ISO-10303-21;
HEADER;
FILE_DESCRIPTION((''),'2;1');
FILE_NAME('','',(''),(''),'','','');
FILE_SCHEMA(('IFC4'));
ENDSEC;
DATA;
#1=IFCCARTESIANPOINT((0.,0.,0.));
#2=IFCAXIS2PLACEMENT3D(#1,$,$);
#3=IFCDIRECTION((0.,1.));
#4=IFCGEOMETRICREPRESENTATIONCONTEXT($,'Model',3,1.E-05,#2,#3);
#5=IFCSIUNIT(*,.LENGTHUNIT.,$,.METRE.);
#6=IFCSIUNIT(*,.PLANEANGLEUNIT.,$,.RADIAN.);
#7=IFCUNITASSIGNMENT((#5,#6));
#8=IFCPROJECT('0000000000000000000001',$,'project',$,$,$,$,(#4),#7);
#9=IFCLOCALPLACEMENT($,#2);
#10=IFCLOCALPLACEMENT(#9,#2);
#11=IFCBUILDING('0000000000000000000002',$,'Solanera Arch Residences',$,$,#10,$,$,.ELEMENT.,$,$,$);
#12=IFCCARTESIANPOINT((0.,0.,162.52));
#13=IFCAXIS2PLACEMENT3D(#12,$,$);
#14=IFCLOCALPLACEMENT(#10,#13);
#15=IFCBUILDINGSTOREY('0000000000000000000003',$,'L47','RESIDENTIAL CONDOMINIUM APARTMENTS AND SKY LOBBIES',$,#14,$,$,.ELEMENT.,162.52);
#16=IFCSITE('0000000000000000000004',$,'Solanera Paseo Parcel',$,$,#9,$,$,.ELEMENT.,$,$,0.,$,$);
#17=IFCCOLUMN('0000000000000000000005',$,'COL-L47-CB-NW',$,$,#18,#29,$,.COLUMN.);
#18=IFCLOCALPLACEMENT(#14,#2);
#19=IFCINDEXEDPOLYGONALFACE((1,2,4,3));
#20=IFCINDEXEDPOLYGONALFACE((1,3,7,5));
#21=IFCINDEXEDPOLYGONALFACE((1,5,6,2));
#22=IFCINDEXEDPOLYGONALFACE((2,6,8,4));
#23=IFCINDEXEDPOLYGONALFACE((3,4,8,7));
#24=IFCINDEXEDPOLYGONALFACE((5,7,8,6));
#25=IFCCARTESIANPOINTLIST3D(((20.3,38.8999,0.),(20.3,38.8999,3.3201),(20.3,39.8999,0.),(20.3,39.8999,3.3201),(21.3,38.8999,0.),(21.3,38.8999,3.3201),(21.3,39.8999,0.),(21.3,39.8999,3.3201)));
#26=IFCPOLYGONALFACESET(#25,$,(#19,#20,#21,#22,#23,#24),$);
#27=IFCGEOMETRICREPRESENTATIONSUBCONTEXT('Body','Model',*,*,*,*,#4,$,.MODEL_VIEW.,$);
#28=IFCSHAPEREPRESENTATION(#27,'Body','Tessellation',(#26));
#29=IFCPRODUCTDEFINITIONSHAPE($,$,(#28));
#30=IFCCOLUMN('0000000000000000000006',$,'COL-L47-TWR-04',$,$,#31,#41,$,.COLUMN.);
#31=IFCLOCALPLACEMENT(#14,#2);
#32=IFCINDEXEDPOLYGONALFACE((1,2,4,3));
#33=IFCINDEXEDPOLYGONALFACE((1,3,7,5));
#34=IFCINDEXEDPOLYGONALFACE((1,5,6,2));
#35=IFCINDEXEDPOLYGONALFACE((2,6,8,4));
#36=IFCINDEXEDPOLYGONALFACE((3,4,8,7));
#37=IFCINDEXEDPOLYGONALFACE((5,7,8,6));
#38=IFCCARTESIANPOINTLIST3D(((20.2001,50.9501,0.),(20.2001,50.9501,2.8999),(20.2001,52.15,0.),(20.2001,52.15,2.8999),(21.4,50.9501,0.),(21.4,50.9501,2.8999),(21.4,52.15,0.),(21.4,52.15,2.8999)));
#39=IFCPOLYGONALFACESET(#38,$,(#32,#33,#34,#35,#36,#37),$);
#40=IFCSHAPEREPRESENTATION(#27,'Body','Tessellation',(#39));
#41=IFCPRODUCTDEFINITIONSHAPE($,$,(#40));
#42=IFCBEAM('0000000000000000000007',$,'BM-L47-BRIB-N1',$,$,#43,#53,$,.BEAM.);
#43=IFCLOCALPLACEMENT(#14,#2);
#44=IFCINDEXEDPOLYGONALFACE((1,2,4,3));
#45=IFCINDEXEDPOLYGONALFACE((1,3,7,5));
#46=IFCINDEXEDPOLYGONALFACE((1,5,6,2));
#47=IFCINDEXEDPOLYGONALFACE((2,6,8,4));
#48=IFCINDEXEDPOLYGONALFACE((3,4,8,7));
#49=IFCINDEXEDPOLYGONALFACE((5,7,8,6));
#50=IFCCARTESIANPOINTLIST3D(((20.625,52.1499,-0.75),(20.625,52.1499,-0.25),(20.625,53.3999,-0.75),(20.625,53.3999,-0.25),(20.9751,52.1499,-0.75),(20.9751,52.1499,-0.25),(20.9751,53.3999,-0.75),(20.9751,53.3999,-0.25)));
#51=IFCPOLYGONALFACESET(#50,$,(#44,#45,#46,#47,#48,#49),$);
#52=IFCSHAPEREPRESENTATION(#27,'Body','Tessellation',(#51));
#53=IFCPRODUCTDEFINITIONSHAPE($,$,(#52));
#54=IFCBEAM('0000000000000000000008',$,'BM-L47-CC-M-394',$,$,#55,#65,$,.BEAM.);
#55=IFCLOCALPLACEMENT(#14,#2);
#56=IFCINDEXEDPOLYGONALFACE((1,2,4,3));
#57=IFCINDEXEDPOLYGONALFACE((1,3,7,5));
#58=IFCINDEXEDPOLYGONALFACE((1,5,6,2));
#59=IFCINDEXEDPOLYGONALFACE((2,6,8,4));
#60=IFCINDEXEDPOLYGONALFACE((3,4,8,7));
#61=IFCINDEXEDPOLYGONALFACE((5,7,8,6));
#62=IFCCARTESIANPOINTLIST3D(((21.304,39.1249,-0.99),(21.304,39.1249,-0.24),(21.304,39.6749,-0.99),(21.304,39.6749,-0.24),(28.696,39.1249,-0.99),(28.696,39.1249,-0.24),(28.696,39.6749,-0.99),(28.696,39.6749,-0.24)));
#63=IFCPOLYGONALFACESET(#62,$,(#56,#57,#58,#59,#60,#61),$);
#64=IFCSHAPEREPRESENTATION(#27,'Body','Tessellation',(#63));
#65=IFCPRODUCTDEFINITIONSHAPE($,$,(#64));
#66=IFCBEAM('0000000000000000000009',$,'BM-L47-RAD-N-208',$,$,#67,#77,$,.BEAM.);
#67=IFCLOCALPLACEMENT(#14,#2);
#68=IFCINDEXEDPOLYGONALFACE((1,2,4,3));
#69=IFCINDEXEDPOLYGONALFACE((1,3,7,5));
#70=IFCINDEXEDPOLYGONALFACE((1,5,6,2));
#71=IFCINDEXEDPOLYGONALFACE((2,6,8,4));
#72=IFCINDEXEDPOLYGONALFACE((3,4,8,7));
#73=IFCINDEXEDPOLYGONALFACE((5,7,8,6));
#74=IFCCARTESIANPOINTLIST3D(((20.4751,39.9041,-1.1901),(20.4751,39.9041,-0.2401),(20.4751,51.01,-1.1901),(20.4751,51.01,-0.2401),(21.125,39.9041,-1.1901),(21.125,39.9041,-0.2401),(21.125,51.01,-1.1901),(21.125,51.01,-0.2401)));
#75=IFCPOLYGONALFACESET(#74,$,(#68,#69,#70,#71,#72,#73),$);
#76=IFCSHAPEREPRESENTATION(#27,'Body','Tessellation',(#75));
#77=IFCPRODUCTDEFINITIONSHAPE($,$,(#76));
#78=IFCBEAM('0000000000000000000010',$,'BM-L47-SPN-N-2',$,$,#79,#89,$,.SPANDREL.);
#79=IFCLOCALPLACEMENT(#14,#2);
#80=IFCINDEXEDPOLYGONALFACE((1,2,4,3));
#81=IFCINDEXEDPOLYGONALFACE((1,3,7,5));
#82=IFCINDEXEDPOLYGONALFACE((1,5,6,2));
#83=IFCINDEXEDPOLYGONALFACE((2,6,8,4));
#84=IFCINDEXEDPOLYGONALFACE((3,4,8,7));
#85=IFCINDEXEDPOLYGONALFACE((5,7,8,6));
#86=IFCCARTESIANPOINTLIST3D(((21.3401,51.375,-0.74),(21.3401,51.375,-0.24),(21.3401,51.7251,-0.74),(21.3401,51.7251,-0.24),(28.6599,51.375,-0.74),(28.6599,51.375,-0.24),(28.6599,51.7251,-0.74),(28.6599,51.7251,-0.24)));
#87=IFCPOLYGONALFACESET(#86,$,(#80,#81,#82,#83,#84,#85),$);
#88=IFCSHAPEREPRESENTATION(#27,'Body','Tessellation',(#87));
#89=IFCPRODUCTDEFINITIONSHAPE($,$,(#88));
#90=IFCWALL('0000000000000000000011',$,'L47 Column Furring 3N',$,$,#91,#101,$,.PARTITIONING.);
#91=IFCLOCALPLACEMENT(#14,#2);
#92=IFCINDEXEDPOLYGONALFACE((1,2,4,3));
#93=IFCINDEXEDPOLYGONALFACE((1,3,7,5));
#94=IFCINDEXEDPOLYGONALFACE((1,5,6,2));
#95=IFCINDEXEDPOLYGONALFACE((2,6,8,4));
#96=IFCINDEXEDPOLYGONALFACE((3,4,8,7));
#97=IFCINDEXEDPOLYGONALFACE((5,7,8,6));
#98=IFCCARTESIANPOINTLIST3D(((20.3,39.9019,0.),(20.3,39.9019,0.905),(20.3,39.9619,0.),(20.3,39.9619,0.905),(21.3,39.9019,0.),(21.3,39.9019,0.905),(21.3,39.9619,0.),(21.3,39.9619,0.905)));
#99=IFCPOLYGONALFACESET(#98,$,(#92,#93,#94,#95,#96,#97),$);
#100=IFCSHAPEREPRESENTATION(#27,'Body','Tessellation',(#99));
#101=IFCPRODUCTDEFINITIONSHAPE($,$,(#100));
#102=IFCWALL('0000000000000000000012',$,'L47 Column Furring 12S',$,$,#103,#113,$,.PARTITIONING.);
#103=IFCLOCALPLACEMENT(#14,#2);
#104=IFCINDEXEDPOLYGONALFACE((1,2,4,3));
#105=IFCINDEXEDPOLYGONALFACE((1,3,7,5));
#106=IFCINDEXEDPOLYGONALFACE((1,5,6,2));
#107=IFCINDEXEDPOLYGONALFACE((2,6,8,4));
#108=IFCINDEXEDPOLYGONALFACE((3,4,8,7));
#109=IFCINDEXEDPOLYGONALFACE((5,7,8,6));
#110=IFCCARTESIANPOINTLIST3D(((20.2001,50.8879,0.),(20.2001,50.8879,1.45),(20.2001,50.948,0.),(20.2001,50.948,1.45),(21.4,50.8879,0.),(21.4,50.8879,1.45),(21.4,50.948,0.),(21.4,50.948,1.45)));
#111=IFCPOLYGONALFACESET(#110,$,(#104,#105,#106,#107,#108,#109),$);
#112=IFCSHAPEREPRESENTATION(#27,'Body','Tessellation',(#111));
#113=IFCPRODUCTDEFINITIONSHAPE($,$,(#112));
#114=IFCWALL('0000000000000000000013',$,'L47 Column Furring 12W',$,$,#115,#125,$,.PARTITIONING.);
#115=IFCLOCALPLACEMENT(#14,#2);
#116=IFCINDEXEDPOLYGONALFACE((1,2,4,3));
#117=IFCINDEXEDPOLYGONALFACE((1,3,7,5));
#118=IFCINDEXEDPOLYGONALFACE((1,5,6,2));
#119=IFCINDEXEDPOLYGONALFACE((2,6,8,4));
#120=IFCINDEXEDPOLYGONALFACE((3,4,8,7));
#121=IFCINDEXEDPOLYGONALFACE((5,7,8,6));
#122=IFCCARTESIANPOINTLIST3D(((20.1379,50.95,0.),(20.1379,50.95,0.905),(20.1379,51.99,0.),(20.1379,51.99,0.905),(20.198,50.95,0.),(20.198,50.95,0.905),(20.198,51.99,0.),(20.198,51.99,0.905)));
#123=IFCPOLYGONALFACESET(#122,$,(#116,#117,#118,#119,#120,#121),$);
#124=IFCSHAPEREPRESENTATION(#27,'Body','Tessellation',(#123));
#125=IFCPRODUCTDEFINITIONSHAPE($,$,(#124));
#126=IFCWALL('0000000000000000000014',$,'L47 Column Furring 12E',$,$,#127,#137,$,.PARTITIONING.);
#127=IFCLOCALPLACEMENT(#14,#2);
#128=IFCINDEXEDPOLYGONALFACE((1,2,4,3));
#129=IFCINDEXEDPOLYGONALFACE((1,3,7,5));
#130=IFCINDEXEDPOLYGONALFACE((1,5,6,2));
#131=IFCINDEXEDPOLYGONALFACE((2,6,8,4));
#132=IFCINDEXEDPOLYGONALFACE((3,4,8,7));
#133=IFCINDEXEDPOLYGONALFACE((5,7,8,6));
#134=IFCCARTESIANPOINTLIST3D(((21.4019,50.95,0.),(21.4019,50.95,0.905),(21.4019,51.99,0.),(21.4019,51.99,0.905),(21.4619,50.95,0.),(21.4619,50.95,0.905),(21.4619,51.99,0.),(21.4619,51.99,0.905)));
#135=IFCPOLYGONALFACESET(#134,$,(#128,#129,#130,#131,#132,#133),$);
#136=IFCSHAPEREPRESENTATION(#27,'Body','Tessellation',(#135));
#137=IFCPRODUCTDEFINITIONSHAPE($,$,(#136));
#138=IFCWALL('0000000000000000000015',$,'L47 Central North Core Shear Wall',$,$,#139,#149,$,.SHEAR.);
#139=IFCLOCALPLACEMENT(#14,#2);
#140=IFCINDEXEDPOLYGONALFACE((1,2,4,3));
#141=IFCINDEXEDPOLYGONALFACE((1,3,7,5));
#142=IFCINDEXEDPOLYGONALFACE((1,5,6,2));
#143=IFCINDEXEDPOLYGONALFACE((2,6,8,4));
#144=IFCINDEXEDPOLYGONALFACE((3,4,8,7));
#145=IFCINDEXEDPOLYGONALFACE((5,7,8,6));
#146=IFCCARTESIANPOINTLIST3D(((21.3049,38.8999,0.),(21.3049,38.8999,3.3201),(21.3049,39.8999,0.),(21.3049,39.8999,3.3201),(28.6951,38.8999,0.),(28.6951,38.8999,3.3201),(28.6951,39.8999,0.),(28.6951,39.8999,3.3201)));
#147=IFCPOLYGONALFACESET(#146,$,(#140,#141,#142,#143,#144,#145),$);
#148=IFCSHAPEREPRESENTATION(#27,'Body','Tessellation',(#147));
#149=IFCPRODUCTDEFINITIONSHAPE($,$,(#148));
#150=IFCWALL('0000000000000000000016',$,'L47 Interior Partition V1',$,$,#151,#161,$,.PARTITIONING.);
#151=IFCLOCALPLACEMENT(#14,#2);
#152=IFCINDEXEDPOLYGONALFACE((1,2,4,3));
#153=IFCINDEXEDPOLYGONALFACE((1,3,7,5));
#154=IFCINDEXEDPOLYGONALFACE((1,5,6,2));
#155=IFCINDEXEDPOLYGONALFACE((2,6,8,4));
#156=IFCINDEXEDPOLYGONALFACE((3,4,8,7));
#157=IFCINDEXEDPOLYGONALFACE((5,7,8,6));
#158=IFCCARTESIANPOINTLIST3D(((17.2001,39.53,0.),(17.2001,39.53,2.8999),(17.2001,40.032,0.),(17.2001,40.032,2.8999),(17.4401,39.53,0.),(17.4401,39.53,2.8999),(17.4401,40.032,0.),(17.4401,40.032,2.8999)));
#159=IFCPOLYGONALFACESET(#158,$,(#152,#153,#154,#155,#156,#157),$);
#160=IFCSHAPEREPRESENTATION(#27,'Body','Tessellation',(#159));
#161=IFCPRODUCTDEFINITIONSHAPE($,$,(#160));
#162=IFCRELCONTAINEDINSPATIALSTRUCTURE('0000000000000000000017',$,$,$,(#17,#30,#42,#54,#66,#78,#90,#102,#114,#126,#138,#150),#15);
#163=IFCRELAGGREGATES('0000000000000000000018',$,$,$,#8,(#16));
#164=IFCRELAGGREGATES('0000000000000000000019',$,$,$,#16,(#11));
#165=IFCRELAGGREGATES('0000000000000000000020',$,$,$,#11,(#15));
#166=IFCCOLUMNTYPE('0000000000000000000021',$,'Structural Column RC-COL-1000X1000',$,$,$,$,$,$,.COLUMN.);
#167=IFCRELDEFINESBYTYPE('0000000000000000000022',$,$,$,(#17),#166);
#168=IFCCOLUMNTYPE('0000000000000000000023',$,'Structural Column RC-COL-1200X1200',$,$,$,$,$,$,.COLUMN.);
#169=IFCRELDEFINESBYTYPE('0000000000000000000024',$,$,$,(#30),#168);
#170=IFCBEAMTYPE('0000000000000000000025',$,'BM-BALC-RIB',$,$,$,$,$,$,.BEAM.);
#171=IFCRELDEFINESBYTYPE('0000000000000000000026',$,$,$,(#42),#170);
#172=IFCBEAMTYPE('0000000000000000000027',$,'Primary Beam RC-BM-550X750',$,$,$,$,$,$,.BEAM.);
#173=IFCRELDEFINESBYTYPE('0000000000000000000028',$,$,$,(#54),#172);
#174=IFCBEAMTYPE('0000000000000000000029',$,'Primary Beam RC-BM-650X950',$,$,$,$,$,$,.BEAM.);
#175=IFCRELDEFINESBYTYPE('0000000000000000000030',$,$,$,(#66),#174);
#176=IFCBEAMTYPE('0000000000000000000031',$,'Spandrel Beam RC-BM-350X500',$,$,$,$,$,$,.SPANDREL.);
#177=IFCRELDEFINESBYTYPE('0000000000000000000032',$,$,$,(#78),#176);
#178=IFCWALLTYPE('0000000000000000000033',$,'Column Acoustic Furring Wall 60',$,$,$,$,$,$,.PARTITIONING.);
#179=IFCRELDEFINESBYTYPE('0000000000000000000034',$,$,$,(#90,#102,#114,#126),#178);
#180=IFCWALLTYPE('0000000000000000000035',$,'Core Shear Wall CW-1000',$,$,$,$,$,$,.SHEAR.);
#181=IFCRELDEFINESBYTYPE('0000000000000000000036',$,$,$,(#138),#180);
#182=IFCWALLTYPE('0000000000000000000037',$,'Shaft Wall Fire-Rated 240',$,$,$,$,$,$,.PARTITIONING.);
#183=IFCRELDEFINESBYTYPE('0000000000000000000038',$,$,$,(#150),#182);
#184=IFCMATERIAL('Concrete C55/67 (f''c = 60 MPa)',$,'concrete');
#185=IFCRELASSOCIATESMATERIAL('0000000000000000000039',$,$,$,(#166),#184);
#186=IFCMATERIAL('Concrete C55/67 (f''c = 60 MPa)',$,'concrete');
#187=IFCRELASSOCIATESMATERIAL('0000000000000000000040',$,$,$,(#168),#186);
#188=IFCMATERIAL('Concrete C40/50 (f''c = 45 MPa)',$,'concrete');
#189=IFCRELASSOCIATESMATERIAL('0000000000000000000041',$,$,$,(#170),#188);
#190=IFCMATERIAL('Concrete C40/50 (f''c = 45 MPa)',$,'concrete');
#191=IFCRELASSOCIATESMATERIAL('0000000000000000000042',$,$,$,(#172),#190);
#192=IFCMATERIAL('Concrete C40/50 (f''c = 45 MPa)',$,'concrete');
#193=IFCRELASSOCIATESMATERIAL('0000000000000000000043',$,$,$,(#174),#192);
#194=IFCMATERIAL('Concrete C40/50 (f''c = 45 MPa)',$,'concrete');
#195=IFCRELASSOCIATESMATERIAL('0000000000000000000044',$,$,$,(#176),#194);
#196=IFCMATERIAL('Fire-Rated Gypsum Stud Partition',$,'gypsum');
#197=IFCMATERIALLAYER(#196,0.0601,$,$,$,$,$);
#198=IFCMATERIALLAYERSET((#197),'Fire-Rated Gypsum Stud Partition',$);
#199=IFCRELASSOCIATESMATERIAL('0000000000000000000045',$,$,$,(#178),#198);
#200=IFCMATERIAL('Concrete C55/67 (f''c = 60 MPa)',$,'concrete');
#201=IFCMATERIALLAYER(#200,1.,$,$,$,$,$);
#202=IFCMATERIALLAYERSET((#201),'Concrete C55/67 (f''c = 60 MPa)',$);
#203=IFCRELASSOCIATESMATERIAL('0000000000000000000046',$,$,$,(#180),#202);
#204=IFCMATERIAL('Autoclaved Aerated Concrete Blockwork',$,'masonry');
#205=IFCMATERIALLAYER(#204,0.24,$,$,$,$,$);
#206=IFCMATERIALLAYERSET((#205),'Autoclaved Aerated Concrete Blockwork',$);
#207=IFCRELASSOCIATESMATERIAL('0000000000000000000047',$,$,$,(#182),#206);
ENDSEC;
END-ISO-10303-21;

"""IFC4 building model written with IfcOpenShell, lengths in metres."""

from ifc_helpers import new_model, si_unit, direction, frame, frame_2d, origin, origin_2d, place, context, subcontext, project, spatial, rectangle, extrude, material, layer, layer_set, material_profile, profile_set, type_object, element, save


model = new_model("IFC4")

# Units and contexts
model_context = context("Model", 3, precision=1e-05, world=origin(), true_north=direction((0.0, 1.0)))
body_context = subcontext(model_context, "Body", "Model", "MODEL_VIEW")
ifc_project = project(units=[si_unit("LENGTHUNIT", "METRE"), si_unit("PLANEANGLEUNIT", "RADIAN")], contexts=[model_context])

# Site, building, storey
site_placement = place(None, origin())
site = spatial("IfcSite", under=ifc_project, at=site_placement, Name="Solanera Paseo Parcel", CompositionType="ELEMENT", RefElevation=0.0)
building_placement = place(site_placement, origin())
building = spatial("IfcBuilding", under=site, at=building_placement, Name="Solanera Arch Residences", CompositionType="ELEMENT")
storey_placement = place(building_placement, frame((0.0, 0.0, 162.52)))
storey = spatial("IfcBuildingStorey", under=building, at=storey_placement, Name="L47", Description="RESIDENTIAL CONDOMINIUM APARTMENTS AND SKY LOBBIES", CompositionType="ELEMENT", Elevation=162.52)

# Columns
ifc_material_1 = material(Name="Concrete C55/67 (f'c = 60 MPa)", Category="concrete")
ifc_material_profile_1 = material_profile(ifc_material_1, rectangle(XDim=1.0, YDim=1.0, at=origin_2d()))
ifc_profile_set_1 = profile_set([ifc_material_profile_1], Name="Concrete C55/67 (f'c = 60 MPa)")
column_type_1 = type_object("IfcColumnType", Name="Structural Column RC-COL-1000X1000", PredefinedType="COLUMN", material=ifc_profile_set_1)
column_1_placement = place(storey_placement, frame((20.8, 39.3999, 0.0), z_axis=(0.0, 0.0, 1.0), x_axis=(1.0, 0.0, 0.0)))
element("IfcColumn", 1, at=column_1_placement, inside=storey, type_object=column_type_1, Name="COL-L47-CB-NW", PredefinedType="COLUMN", context=body_context, shape_type="SweptSolid", body=[
    extrude(rectangle(XDim=1.0, YDim=1.0, at=origin_2d()), origin(), (0.0, 0.0, 1.0), 3.3201),
])
ifc_material_2 = material(Name="Concrete C55/67 (f'c = 60 MPa)", Category="concrete")
ifc_material_profile_2 = material_profile(ifc_material_2, rectangle(XDim=1.2, YDim=1.2, at=origin_2d()))
ifc_profile_set_2 = profile_set([ifc_material_profile_2], Name="Concrete C55/67 (f'c = 60 MPa)")
column_type_2 = type_object("IfcColumnType", Name="Structural Column RC-COL-1200X1200", PredefinedType="COLUMN", material=ifc_profile_set_2)
column_2_placement = place(storey_placement, frame((20.8, 51.55, 0.0), z_axis=(0.0, 0.0, 1.0), x_axis=(1.0, 0.0, 0.0)))
element("IfcColumn", 2, at=column_2_placement, inside=storey, type_object=column_type_2, Name="COL-L47-TWR-04", PredefinedType="COLUMN", context=body_context, shape_type="SweptSolid", body=[
    extrude(rectangle(XDim=1.2, YDim=1.2, at=origin_2d()), origin(), (0.0, 0.0, 1.0), 2.8999),
])

# Beams
ifc_material_3 = material(Name="Concrete C40/50 (f'c = 45 MPa)", Category="concrete")
ifc_material_profile_3 = material_profile(ifc_material_3, rectangle(XDim=0.3501, YDim=0.5, at=origin_2d()))
ifc_profile_set_3 = profile_set([ifc_material_profile_3], Name="Concrete C40/50 (f'c = 45 MPa)")
beam_type_1 = type_object("IfcBeamType", Name="BM-BALC-RIB", PredefinedType="BEAM", material=ifc_profile_set_3)
beam_1_placement = place(storey_placement, frame((20.8, 52.1499, -0.5), z_axis=(0.0, 1.0, 0.0), x_axis=(-1.0, 0.0, 0.0)))
element("IfcBeam", 3, at=beam_1_placement, inside=storey, type_object=beam_type_1, Name="BM-L47-BRIB-N1", PredefinedType="BEAM", context=body_context, shape_type="SweptSolid", body=[
    extrude(rectangle(XDim=0.3501, YDim=0.5, at=origin_2d()), origin(), (0.0, 0.0, 1.0), 1.25),
])
ifc_material_4 = material(Name="Concrete C40/50 (f'c = 45 MPa)", Category="concrete")
ifc_material_profile_4 = material_profile(ifc_material_4, rectangle(XDim=0.55, YDim=0.75, at=origin_2d()))
ifc_profile_set_4 = profile_set([ifc_material_profile_4], Name="Concrete C40/50 (f'c = 45 MPa)")
beam_type_2 = type_object("IfcBeamType", Name="Primary Beam RC-BM-550X750", PredefinedType="BEAM", material=ifc_profile_set_4)
beam_2_placement = place(storey_placement, frame((21.304, 39.3999, -0.615), z_axis=(1.0, 0.0, 0.0), x_axis=(0.0, 1.0, 0.0)))
element("IfcBeam", 4, at=beam_2_placement, inside=storey, type_object=beam_type_2, Name="BM-L47-CC-M-394", PredefinedType="BEAM", context=body_context, shape_type="SweptSolid", body=[
    extrude(rectangle(XDim=0.55, YDim=0.75, at=origin_2d()), origin(), (0.0, 0.0, 1.0), 7.3921),
])
ifc_material_5 = material(Name="Concrete C40/50 (f'c = 45 MPa)", Category="concrete")
ifc_material_profile_5 = material_profile(ifc_material_5, rectangle(XDim=0.6499, YDim=0.95, at=origin_2d()))
ifc_profile_set_5 = profile_set([ifc_material_profile_5], Name="Concrete C40/50 (f'c = 45 MPa)")
beam_type_3 = type_object("IfcBeamType", Name="Primary Beam RC-BM-650X950", PredefinedType="BEAM", material=ifc_profile_set_5)
beam_3_placement = place(storey_placement, frame((20.8, 39.9041, -0.7151), z_axis=(0.0, 1.0, 0.0), x_axis=(-1.0, 0.0, 0.0)))
element("IfcBeam", 5, at=beam_3_placement, inside=storey, type_object=beam_type_3, Name="BM-L47-RAD-N-208", PredefinedType="BEAM", context=body_context, shape_type="SweptSolid", body=[
    extrude(rectangle(XDim=0.6499, YDim=0.95, at=origin_2d()), origin(), (0.0, 0.0, 1.0), 11.106),
])
ifc_material_6 = material(Name="Concrete C40/50 (f'c = 45 MPa)", Category="concrete")
ifc_material_profile_6 = material_profile(ifc_material_6, rectangle(XDim=0.3501, YDim=0.5, at=origin_2d()))
ifc_profile_set_6 = profile_set([ifc_material_profile_6], Name="Concrete C40/50 (f'c = 45 MPa)")
beam_type_4 = type_object("IfcBeamType", Name="Spandrel Beam RC-BM-350X500", PredefinedType="SPANDREL", material=ifc_profile_set_6)
beam_4_placement = place(storey_placement, frame((21.3401, 51.55, -0.49), z_axis=(1.0, 0.0, 0.0), x_axis=(0.0, 1.0, 0.0)))
element("IfcBeam", 6, at=beam_4_placement, inside=storey, type_object=beam_type_4, Name="BM-L47-SPN-N-2", PredefinedType="SPANDREL", context=body_context, shape_type="SweptSolid", body=[
    extrude(rectangle(XDim=0.3501, YDim=0.5, at=origin_2d()), origin(), (0.0, 0.0, 1.0), 7.3198),
])

# Walls
ifc_material_7 = material(Name="Fire-Rated Gypsum Stud Partition", Category="gypsum")
ifc_layer_1 = layer(ifc_material_7, 0.0601)
ifc_layer_set_1 = layer_set([ifc_layer_1], Name="Fire-Rated Gypsum Stud Partition")
wall_type_1 = type_object("IfcWallType", Name="Column Acoustic Furring Wall 60", PredefinedType="PARTITIONING", material=ifc_layer_set_1)
wall_1_placement = place(storey_placement, frame((20.3, 39.9319, 0.0), z_axis=(0.0, 0.0, 1.0), x_axis=(1.0, 0.0, 0.0)))
element("IfcWall", 7, at=wall_1_placement, inside=storey, type_object=wall_type_1, Name="L47 Column Furring 3N", PredefinedType="PARTITIONING", context=body_context, shape_type="SweptSolid", body=[
    extrude(rectangle(XDim=1.0, YDim=0.0601, at=frame_2d((0.5, 0.0))), origin(), (0.0, 0.0, 1.0), 0.905),
])
wall_2_placement = place(storey_placement, frame((20.2, 50.918, 0.0), z_axis=(0.0, 0.0, 1.0), x_axis=(1.0, 0.0, 0.0)))
element("IfcWall", 8, at=wall_2_placement, inside=storey, type_object=wall_type_1, Name="L47 Column Furring 12S", PredefinedType="PARTITIONING", context=body_context, shape_type="SweptSolid", body=[
    extrude(rectangle(XDim=1.2, YDim=0.0601, at=frame_2d((0.6001, 0.0))), origin(), (0.0, 0.0, 1.0), 1.45),
])
for number, where, z_axis, x_axis, name in (
    (9, (20.168, 50.95, 0.0), (0.0, 0.0, 1.0), (0.0, 1.0, 0.0), "L47 Column Furring 12W"),
    (10, (21.4319, 50.95, 0.0), (0.0, 0.0, 1.0), (0.0, 1.0, 0.0), "L47 Column Furring 12E"),
):
    element("IfcWall", number, at=place(storey_placement, frame(where, z_axis=z_axis, x_axis=x_axis)), inside=storey, type_object=wall_type_1, Name=name, PredefinedType="PARTITIONING", context=body_context, shape_type="SweptSolid", body=[
        extrude(rectangle(XDim=1.04, YDim=0.0601, at=frame_2d((0.52, 0.0))), origin(), (0.0, 0.0, 1.0), 0.905),
    ])
ifc_material_8 = material(Name="Concrete C55/67 (f'c = 60 MPa)", Category="concrete")
ifc_layer_2 = layer(ifc_material_8, 1.0)
ifc_layer_set_2 = layer_set([ifc_layer_2], Name="Concrete C55/67 (f'c = 60 MPa)")
wall_type_2 = type_object("IfcWallType", Name="Core Shear Wall CW-1000", PredefinedType="SHEAR", material=ifc_layer_set_2)
wall_3_placement = place(storey_placement, frame((21.3049, 39.3999, 0.0), z_axis=(0.0, 0.0, 1.0), x_axis=(1.0, 0.0, 0.0)))
element("IfcWall", 11, at=wall_3_placement, inside=storey, type_object=wall_type_2, Name="L47 Central North Core Shear Wall", PredefinedType="SHEAR", context=body_context, shape_type="SweptSolid", body=[
    extrude(rectangle(XDim=7.3901, YDim=1.0, at=frame_2d((3.6951, 0.0))), origin(), (0.0, 0.0, 1.0), 3.3201),
])
ifc_material_9 = material(Name="Autoclaved Aerated Concrete Blockwork", Category="masonry")
ifc_layer_3 = layer(ifc_material_9, 0.24)
ifc_layer_set_3 = layer_set([ifc_layer_3], Name="Autoclaved Aerated Concrete Blockwork")
wall_type_3 = type_object("IfcWallType", Name="Shaft Wall Fire-Rated 240", PredefinedType="PARTITIONING", material=ifc_layer_set_3)
wall_4_placement = place(storey_placement, frame((17.3201, 39.53, 0.0), z_axis=(0.0, 0.0, 1.0), x_axis=(0.0, 1.0, 0.0)))
element("IfcWall", 12, at=wall_4_placement, inside=storey, type_object=wall_type_3, Name="L47 Interior Partition V1", PredefinedType="PARTITIONING", context=body_context, shape_type="SweptSolid", body=[
    extrude(rectangle(XDim=0.502, YDim=0.24, at=frame_2d((0.251, 0.0))), origin(), (0.0, 0.0, 1.0), 2.8999),
])

save(model, "model.ifc")
